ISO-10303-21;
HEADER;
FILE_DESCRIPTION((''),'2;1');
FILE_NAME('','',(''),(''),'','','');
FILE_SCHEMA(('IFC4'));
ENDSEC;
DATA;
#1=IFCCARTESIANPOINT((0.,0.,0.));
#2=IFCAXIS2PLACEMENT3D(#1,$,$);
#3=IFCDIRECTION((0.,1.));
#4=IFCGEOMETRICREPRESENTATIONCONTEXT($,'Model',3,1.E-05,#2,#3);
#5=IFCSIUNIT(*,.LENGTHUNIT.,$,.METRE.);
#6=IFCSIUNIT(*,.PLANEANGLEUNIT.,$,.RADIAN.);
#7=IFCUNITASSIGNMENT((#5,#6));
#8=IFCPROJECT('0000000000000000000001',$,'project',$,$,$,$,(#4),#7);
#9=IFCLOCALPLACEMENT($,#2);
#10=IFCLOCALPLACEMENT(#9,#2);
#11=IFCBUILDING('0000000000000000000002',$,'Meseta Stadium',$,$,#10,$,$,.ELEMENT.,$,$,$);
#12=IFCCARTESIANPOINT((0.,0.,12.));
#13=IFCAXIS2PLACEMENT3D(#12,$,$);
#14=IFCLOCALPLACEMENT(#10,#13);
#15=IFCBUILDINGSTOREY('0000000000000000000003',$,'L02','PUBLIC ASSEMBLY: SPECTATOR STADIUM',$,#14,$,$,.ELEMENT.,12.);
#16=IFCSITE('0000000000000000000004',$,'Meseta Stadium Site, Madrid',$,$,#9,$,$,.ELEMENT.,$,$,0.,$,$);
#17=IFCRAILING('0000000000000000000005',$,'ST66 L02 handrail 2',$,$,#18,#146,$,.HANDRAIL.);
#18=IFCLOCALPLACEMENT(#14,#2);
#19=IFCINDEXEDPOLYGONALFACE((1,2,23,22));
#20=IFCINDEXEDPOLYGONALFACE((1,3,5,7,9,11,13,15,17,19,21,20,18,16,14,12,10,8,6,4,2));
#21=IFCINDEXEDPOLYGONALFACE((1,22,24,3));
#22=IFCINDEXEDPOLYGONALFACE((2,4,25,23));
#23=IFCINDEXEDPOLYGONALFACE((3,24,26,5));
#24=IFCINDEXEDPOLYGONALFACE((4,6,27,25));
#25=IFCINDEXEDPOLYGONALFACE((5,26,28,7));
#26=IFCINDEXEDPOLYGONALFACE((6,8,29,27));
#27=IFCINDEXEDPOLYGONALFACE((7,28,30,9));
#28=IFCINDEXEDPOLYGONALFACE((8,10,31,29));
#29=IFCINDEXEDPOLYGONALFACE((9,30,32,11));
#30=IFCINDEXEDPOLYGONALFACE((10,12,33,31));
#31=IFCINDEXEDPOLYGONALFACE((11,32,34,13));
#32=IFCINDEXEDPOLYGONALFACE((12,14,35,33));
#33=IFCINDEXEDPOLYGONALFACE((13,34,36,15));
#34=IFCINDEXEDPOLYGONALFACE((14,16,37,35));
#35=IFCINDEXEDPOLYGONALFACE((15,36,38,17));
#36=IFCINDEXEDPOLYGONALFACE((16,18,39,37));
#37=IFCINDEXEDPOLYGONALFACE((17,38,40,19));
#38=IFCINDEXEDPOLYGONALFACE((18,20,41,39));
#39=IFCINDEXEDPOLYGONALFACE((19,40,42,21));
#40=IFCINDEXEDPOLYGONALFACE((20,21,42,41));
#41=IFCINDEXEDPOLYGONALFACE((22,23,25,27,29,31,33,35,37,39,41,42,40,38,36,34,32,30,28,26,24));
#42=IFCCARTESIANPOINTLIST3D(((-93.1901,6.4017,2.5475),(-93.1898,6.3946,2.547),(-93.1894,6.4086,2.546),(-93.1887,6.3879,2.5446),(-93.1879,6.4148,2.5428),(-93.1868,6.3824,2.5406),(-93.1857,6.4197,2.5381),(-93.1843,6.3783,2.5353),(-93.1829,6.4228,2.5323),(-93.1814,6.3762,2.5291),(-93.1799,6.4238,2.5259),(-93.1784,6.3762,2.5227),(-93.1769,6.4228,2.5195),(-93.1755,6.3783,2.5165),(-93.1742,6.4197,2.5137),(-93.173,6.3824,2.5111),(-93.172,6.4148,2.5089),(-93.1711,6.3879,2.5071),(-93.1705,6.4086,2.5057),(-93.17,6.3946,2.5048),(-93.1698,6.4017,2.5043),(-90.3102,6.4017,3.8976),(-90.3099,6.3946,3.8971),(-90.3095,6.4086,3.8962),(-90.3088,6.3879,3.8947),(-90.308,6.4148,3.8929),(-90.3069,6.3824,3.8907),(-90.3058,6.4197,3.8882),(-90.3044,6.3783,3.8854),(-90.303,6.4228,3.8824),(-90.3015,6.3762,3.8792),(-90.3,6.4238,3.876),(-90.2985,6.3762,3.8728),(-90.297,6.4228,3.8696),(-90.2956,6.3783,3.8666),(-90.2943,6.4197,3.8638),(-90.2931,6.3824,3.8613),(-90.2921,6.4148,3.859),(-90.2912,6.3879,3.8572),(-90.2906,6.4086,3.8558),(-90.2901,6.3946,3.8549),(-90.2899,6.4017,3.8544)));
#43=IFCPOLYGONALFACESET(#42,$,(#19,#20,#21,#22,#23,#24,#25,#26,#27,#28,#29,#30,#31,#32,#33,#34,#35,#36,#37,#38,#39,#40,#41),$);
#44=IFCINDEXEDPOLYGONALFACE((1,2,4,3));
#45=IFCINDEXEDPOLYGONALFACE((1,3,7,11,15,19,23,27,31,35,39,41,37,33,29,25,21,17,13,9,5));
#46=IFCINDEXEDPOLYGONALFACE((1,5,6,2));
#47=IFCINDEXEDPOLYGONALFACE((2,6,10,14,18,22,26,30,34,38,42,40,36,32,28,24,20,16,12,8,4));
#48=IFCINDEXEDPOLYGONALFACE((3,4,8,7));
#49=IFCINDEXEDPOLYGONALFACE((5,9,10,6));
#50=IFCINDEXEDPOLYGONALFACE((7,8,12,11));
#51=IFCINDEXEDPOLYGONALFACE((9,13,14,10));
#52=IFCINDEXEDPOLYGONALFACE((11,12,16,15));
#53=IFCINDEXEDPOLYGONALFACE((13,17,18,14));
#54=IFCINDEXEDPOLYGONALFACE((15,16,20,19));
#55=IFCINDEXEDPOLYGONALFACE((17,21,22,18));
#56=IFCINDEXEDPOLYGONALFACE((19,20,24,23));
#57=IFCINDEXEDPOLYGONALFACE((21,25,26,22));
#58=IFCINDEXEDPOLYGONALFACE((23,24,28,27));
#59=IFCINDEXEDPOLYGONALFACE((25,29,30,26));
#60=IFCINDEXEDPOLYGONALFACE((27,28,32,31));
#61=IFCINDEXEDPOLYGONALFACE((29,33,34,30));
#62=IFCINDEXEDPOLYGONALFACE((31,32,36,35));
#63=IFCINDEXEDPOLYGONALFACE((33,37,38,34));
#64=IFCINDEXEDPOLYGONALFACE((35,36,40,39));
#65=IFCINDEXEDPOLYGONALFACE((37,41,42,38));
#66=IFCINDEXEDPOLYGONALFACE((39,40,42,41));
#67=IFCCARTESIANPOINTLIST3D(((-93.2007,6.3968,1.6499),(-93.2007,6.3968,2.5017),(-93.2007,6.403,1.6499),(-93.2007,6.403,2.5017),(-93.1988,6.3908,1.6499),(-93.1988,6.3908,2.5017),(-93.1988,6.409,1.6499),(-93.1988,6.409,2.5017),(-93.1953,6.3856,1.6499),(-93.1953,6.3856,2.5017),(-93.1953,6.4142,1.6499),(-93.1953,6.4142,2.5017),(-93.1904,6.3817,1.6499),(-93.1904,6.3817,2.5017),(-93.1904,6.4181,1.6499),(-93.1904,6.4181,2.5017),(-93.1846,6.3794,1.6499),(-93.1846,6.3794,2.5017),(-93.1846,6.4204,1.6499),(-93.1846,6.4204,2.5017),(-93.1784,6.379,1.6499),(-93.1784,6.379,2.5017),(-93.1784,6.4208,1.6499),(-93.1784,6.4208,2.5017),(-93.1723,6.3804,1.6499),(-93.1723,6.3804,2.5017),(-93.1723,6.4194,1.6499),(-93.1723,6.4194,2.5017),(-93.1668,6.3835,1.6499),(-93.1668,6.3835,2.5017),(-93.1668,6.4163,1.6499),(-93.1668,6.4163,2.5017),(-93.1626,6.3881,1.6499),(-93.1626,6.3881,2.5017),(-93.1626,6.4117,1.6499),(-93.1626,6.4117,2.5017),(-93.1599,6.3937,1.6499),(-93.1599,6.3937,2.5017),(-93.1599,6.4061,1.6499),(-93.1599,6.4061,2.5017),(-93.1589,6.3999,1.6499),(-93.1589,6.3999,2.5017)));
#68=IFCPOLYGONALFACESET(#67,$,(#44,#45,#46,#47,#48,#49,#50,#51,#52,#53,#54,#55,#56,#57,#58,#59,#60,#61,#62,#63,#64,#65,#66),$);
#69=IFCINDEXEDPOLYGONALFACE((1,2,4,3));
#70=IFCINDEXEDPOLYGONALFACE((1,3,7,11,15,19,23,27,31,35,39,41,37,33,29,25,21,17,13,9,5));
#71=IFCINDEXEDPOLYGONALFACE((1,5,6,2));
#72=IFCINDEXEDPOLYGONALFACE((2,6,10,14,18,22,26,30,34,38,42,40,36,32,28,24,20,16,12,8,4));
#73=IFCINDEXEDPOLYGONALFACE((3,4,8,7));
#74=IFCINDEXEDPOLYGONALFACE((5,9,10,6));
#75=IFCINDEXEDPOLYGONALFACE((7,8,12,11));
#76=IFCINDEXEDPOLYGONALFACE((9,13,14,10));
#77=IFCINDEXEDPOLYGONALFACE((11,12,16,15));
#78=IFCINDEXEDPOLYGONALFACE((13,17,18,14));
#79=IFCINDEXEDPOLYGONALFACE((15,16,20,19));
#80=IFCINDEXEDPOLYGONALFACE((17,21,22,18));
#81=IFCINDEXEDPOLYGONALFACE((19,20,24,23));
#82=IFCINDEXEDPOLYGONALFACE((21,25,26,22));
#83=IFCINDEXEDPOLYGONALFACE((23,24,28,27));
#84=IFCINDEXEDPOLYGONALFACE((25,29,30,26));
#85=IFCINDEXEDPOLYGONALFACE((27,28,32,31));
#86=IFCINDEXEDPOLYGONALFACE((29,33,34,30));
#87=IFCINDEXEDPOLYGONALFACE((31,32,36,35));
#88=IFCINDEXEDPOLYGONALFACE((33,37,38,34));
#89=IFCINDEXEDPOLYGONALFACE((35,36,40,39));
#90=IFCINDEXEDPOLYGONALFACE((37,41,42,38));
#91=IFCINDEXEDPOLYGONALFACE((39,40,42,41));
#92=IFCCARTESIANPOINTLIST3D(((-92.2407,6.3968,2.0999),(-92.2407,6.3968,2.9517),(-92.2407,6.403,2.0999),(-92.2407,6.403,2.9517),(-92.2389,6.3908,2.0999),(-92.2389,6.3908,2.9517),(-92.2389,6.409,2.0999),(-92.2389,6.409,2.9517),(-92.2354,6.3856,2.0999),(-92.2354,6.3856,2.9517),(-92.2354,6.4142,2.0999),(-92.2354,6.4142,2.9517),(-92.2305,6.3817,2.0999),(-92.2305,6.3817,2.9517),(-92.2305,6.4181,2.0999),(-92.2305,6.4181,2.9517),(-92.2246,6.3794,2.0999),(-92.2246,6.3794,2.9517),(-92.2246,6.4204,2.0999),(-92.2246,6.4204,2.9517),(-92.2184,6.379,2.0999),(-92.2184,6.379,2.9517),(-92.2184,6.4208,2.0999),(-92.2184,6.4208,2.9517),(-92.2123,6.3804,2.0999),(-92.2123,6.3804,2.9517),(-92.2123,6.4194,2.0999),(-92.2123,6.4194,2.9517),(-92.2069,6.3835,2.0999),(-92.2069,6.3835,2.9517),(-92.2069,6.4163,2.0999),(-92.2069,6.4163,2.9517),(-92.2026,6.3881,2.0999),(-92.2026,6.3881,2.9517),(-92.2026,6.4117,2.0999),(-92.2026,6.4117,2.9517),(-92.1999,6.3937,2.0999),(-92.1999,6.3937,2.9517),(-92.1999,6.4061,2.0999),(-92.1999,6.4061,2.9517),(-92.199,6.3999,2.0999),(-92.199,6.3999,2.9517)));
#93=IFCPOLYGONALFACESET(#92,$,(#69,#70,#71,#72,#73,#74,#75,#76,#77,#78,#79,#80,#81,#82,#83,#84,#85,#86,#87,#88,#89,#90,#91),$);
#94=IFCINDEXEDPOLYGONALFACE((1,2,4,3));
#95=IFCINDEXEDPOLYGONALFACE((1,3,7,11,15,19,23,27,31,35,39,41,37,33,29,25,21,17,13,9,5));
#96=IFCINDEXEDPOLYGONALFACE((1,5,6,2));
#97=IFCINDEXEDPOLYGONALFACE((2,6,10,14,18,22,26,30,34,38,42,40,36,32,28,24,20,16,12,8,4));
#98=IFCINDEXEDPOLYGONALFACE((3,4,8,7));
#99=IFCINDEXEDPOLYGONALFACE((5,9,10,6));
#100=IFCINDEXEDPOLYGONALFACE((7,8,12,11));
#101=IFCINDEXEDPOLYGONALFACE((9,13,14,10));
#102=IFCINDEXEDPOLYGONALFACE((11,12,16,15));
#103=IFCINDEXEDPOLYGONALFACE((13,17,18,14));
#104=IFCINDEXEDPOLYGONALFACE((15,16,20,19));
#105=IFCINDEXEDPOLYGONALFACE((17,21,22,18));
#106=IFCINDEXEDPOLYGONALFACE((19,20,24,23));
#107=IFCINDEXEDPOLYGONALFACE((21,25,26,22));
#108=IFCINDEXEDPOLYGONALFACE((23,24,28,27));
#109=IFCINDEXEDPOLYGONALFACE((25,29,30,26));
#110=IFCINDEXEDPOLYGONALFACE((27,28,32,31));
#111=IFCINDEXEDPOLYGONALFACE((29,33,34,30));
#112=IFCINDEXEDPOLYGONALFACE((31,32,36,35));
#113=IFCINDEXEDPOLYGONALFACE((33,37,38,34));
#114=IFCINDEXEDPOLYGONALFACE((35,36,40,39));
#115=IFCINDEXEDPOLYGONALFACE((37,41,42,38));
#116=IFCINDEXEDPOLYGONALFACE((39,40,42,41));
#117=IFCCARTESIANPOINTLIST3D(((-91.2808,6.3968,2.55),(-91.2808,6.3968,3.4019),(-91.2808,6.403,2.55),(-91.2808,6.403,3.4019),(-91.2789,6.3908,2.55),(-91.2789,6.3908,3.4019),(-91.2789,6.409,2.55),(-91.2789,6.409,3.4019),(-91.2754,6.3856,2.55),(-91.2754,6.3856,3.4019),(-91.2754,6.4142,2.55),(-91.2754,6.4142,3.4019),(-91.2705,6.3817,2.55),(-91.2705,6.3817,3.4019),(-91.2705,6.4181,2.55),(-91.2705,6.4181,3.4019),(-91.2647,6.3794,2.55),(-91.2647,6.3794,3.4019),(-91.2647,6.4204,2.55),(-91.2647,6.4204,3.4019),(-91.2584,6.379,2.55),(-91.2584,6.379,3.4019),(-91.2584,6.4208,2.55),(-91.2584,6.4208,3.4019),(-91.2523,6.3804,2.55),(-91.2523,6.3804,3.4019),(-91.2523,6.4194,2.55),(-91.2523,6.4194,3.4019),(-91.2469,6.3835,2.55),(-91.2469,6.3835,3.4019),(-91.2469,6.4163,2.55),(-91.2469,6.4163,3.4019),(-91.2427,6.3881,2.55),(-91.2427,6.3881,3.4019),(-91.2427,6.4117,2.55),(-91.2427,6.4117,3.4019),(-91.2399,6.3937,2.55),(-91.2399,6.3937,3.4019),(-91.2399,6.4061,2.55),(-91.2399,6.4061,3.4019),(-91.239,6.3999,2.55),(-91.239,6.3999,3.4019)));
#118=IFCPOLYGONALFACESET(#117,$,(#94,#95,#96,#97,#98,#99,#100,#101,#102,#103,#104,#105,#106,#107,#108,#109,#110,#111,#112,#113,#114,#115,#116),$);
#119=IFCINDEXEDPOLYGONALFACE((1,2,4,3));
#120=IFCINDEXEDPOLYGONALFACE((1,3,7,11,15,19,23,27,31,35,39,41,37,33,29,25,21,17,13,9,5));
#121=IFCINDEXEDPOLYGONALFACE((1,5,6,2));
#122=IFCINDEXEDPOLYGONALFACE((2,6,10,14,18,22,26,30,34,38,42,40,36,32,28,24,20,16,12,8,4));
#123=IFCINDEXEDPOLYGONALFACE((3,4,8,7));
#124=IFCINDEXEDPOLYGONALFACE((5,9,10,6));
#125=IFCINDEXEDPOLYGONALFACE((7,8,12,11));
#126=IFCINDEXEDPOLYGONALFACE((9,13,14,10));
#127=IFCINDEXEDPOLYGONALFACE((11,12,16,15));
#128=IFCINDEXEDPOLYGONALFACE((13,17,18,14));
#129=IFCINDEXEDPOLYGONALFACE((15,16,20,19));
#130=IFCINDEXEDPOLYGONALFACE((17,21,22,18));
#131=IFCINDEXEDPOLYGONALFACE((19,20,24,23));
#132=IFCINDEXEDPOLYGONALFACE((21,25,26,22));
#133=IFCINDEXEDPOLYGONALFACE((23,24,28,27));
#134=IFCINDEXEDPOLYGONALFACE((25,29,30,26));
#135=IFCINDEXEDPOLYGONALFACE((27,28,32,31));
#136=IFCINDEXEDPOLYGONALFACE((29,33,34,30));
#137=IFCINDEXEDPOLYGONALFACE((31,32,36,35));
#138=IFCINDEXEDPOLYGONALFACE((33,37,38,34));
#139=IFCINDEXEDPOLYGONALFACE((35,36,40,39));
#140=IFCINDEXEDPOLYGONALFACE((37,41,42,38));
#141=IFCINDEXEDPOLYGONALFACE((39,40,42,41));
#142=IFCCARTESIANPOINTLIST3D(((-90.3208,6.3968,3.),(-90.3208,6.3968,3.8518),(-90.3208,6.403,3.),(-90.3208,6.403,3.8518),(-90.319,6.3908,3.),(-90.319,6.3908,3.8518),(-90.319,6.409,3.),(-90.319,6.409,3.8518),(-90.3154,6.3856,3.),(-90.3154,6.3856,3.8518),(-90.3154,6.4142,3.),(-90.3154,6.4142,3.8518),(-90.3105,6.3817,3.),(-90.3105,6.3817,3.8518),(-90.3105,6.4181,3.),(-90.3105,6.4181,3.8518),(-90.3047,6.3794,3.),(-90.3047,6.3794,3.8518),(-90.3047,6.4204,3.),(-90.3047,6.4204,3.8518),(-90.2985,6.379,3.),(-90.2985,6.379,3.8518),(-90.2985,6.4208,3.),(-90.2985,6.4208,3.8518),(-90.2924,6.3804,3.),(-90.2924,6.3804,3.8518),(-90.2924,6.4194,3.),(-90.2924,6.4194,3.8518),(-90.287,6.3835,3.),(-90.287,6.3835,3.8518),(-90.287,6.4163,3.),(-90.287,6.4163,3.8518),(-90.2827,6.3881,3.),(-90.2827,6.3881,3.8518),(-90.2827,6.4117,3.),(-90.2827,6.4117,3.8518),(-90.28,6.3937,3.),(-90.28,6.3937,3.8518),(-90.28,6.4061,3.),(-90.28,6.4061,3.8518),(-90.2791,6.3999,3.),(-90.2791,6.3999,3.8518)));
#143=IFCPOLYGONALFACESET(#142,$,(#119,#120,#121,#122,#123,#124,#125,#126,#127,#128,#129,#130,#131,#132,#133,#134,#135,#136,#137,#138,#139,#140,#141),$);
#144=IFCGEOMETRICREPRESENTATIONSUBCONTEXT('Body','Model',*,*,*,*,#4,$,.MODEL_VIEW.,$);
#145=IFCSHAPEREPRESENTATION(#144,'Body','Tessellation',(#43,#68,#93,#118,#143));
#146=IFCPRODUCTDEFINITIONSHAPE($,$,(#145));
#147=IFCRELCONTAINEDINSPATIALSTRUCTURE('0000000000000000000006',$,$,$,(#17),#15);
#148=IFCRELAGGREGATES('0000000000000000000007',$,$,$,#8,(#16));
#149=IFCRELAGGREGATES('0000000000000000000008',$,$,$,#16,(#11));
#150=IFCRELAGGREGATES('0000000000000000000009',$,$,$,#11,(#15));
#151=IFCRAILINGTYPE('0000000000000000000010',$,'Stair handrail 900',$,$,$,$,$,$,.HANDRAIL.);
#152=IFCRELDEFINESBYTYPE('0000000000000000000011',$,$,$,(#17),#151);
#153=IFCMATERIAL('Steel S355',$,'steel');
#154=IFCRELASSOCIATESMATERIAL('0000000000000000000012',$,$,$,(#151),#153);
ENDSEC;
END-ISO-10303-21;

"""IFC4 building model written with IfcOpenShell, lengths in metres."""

from ifc_helpers import new_model, si_unit, direction, frame, origin, origin_2d, place, context, subcontext, project, spatial, circle, extrude, material, type_object, element, save


model = new_model("IFC4")

# Units and contexts
model_context = context("Model", 3, precision=1e-05, world=origin(), true_north=direction((0.0, 1.0)))
body_context = subcontext(model_context, "Body", "Model", "MODEL_VIEW")
ifc_project = project(units=[si_unit("LENGTHUNIT", "METRE"), si_unit("PLANEANGLEUNIT", "RADIAN")], contexts=[model_context])

# Site, building, storey
site_placement = place(None, origin())
site = spatial("IfcSite", under=ifc_project, at=site_placement, Name="Meseta Stadium Site, Madrid", CompositionType="ELEMENT", RefElevation=0.0)
building_placement = place(site_placement, origin())
building = spatial("IfcBuilding", under=site, at=building_placement, Name="Meseta Stadium", CompositionType="ELEMENT")
storey_placement = place(building_placement, frame((0.0, 0.0, 12.0)))
storey = spatial("IfcBuildingStorey", under=building, at=storey_placement, Name="L02", Description="PUBLIC ASSEMBLY: SPECTATOR STADIUM", CompositionType="ELEMENT", Elevation=12.0)

# Railing
ifc_material_1 = material(Name="Steel S355", Category="steel")
railing_type_1 = type_object("IfcRailingType", Name="Stair handrail 900", PredefinedType="HANDRAIL", material=ifc_material_1)
for number, where, name in (
    (1, (-93.1799, 6.3999, 1.6499), "ST66 L02 handrail 2"),
):
    element("IfcRailing", number, at=place(storey_placement, frame(where)), inside=storey, type_object=railing_type_1, Name=name, PredefinedType="HANDRAIL", context=body_context, shape_type="SweptSolid", body=[
        extrude(circle(Radius=0.0239, at=origin_2d()), frame((0.0, 0.0, 0.876), z_axis=(0.90544, 0.0, 0.424473), x_axis=(0.0, 1.0, 0.0)), (0.0, 0.0, 1.0), 3.1807),
        extrude(circle(Radius=0.021, at=origin_2d()), origin(), (0.0, 0.0, 1.0), 0.8518),
        extrude(circle(Radius=0.021, at=origin_2d()), frame((0.96, 0.0, 0.45)), (0.0, 0.0, 1.0), 0.8518),
        extrude(circle(Radius=0.021, at=origin_2d()), frame((1.9199, 0.0, 0.9001)), (0.0, 0.0, 1.0), 0.8518),
        extrude(circle(Radius=0.021, at=origin_2d()), frame((2.8799, 0.0, 1.3501)), (0.0, 0.0, 1.0), 0.8518),
    ])

save(model, "model.ifc")
